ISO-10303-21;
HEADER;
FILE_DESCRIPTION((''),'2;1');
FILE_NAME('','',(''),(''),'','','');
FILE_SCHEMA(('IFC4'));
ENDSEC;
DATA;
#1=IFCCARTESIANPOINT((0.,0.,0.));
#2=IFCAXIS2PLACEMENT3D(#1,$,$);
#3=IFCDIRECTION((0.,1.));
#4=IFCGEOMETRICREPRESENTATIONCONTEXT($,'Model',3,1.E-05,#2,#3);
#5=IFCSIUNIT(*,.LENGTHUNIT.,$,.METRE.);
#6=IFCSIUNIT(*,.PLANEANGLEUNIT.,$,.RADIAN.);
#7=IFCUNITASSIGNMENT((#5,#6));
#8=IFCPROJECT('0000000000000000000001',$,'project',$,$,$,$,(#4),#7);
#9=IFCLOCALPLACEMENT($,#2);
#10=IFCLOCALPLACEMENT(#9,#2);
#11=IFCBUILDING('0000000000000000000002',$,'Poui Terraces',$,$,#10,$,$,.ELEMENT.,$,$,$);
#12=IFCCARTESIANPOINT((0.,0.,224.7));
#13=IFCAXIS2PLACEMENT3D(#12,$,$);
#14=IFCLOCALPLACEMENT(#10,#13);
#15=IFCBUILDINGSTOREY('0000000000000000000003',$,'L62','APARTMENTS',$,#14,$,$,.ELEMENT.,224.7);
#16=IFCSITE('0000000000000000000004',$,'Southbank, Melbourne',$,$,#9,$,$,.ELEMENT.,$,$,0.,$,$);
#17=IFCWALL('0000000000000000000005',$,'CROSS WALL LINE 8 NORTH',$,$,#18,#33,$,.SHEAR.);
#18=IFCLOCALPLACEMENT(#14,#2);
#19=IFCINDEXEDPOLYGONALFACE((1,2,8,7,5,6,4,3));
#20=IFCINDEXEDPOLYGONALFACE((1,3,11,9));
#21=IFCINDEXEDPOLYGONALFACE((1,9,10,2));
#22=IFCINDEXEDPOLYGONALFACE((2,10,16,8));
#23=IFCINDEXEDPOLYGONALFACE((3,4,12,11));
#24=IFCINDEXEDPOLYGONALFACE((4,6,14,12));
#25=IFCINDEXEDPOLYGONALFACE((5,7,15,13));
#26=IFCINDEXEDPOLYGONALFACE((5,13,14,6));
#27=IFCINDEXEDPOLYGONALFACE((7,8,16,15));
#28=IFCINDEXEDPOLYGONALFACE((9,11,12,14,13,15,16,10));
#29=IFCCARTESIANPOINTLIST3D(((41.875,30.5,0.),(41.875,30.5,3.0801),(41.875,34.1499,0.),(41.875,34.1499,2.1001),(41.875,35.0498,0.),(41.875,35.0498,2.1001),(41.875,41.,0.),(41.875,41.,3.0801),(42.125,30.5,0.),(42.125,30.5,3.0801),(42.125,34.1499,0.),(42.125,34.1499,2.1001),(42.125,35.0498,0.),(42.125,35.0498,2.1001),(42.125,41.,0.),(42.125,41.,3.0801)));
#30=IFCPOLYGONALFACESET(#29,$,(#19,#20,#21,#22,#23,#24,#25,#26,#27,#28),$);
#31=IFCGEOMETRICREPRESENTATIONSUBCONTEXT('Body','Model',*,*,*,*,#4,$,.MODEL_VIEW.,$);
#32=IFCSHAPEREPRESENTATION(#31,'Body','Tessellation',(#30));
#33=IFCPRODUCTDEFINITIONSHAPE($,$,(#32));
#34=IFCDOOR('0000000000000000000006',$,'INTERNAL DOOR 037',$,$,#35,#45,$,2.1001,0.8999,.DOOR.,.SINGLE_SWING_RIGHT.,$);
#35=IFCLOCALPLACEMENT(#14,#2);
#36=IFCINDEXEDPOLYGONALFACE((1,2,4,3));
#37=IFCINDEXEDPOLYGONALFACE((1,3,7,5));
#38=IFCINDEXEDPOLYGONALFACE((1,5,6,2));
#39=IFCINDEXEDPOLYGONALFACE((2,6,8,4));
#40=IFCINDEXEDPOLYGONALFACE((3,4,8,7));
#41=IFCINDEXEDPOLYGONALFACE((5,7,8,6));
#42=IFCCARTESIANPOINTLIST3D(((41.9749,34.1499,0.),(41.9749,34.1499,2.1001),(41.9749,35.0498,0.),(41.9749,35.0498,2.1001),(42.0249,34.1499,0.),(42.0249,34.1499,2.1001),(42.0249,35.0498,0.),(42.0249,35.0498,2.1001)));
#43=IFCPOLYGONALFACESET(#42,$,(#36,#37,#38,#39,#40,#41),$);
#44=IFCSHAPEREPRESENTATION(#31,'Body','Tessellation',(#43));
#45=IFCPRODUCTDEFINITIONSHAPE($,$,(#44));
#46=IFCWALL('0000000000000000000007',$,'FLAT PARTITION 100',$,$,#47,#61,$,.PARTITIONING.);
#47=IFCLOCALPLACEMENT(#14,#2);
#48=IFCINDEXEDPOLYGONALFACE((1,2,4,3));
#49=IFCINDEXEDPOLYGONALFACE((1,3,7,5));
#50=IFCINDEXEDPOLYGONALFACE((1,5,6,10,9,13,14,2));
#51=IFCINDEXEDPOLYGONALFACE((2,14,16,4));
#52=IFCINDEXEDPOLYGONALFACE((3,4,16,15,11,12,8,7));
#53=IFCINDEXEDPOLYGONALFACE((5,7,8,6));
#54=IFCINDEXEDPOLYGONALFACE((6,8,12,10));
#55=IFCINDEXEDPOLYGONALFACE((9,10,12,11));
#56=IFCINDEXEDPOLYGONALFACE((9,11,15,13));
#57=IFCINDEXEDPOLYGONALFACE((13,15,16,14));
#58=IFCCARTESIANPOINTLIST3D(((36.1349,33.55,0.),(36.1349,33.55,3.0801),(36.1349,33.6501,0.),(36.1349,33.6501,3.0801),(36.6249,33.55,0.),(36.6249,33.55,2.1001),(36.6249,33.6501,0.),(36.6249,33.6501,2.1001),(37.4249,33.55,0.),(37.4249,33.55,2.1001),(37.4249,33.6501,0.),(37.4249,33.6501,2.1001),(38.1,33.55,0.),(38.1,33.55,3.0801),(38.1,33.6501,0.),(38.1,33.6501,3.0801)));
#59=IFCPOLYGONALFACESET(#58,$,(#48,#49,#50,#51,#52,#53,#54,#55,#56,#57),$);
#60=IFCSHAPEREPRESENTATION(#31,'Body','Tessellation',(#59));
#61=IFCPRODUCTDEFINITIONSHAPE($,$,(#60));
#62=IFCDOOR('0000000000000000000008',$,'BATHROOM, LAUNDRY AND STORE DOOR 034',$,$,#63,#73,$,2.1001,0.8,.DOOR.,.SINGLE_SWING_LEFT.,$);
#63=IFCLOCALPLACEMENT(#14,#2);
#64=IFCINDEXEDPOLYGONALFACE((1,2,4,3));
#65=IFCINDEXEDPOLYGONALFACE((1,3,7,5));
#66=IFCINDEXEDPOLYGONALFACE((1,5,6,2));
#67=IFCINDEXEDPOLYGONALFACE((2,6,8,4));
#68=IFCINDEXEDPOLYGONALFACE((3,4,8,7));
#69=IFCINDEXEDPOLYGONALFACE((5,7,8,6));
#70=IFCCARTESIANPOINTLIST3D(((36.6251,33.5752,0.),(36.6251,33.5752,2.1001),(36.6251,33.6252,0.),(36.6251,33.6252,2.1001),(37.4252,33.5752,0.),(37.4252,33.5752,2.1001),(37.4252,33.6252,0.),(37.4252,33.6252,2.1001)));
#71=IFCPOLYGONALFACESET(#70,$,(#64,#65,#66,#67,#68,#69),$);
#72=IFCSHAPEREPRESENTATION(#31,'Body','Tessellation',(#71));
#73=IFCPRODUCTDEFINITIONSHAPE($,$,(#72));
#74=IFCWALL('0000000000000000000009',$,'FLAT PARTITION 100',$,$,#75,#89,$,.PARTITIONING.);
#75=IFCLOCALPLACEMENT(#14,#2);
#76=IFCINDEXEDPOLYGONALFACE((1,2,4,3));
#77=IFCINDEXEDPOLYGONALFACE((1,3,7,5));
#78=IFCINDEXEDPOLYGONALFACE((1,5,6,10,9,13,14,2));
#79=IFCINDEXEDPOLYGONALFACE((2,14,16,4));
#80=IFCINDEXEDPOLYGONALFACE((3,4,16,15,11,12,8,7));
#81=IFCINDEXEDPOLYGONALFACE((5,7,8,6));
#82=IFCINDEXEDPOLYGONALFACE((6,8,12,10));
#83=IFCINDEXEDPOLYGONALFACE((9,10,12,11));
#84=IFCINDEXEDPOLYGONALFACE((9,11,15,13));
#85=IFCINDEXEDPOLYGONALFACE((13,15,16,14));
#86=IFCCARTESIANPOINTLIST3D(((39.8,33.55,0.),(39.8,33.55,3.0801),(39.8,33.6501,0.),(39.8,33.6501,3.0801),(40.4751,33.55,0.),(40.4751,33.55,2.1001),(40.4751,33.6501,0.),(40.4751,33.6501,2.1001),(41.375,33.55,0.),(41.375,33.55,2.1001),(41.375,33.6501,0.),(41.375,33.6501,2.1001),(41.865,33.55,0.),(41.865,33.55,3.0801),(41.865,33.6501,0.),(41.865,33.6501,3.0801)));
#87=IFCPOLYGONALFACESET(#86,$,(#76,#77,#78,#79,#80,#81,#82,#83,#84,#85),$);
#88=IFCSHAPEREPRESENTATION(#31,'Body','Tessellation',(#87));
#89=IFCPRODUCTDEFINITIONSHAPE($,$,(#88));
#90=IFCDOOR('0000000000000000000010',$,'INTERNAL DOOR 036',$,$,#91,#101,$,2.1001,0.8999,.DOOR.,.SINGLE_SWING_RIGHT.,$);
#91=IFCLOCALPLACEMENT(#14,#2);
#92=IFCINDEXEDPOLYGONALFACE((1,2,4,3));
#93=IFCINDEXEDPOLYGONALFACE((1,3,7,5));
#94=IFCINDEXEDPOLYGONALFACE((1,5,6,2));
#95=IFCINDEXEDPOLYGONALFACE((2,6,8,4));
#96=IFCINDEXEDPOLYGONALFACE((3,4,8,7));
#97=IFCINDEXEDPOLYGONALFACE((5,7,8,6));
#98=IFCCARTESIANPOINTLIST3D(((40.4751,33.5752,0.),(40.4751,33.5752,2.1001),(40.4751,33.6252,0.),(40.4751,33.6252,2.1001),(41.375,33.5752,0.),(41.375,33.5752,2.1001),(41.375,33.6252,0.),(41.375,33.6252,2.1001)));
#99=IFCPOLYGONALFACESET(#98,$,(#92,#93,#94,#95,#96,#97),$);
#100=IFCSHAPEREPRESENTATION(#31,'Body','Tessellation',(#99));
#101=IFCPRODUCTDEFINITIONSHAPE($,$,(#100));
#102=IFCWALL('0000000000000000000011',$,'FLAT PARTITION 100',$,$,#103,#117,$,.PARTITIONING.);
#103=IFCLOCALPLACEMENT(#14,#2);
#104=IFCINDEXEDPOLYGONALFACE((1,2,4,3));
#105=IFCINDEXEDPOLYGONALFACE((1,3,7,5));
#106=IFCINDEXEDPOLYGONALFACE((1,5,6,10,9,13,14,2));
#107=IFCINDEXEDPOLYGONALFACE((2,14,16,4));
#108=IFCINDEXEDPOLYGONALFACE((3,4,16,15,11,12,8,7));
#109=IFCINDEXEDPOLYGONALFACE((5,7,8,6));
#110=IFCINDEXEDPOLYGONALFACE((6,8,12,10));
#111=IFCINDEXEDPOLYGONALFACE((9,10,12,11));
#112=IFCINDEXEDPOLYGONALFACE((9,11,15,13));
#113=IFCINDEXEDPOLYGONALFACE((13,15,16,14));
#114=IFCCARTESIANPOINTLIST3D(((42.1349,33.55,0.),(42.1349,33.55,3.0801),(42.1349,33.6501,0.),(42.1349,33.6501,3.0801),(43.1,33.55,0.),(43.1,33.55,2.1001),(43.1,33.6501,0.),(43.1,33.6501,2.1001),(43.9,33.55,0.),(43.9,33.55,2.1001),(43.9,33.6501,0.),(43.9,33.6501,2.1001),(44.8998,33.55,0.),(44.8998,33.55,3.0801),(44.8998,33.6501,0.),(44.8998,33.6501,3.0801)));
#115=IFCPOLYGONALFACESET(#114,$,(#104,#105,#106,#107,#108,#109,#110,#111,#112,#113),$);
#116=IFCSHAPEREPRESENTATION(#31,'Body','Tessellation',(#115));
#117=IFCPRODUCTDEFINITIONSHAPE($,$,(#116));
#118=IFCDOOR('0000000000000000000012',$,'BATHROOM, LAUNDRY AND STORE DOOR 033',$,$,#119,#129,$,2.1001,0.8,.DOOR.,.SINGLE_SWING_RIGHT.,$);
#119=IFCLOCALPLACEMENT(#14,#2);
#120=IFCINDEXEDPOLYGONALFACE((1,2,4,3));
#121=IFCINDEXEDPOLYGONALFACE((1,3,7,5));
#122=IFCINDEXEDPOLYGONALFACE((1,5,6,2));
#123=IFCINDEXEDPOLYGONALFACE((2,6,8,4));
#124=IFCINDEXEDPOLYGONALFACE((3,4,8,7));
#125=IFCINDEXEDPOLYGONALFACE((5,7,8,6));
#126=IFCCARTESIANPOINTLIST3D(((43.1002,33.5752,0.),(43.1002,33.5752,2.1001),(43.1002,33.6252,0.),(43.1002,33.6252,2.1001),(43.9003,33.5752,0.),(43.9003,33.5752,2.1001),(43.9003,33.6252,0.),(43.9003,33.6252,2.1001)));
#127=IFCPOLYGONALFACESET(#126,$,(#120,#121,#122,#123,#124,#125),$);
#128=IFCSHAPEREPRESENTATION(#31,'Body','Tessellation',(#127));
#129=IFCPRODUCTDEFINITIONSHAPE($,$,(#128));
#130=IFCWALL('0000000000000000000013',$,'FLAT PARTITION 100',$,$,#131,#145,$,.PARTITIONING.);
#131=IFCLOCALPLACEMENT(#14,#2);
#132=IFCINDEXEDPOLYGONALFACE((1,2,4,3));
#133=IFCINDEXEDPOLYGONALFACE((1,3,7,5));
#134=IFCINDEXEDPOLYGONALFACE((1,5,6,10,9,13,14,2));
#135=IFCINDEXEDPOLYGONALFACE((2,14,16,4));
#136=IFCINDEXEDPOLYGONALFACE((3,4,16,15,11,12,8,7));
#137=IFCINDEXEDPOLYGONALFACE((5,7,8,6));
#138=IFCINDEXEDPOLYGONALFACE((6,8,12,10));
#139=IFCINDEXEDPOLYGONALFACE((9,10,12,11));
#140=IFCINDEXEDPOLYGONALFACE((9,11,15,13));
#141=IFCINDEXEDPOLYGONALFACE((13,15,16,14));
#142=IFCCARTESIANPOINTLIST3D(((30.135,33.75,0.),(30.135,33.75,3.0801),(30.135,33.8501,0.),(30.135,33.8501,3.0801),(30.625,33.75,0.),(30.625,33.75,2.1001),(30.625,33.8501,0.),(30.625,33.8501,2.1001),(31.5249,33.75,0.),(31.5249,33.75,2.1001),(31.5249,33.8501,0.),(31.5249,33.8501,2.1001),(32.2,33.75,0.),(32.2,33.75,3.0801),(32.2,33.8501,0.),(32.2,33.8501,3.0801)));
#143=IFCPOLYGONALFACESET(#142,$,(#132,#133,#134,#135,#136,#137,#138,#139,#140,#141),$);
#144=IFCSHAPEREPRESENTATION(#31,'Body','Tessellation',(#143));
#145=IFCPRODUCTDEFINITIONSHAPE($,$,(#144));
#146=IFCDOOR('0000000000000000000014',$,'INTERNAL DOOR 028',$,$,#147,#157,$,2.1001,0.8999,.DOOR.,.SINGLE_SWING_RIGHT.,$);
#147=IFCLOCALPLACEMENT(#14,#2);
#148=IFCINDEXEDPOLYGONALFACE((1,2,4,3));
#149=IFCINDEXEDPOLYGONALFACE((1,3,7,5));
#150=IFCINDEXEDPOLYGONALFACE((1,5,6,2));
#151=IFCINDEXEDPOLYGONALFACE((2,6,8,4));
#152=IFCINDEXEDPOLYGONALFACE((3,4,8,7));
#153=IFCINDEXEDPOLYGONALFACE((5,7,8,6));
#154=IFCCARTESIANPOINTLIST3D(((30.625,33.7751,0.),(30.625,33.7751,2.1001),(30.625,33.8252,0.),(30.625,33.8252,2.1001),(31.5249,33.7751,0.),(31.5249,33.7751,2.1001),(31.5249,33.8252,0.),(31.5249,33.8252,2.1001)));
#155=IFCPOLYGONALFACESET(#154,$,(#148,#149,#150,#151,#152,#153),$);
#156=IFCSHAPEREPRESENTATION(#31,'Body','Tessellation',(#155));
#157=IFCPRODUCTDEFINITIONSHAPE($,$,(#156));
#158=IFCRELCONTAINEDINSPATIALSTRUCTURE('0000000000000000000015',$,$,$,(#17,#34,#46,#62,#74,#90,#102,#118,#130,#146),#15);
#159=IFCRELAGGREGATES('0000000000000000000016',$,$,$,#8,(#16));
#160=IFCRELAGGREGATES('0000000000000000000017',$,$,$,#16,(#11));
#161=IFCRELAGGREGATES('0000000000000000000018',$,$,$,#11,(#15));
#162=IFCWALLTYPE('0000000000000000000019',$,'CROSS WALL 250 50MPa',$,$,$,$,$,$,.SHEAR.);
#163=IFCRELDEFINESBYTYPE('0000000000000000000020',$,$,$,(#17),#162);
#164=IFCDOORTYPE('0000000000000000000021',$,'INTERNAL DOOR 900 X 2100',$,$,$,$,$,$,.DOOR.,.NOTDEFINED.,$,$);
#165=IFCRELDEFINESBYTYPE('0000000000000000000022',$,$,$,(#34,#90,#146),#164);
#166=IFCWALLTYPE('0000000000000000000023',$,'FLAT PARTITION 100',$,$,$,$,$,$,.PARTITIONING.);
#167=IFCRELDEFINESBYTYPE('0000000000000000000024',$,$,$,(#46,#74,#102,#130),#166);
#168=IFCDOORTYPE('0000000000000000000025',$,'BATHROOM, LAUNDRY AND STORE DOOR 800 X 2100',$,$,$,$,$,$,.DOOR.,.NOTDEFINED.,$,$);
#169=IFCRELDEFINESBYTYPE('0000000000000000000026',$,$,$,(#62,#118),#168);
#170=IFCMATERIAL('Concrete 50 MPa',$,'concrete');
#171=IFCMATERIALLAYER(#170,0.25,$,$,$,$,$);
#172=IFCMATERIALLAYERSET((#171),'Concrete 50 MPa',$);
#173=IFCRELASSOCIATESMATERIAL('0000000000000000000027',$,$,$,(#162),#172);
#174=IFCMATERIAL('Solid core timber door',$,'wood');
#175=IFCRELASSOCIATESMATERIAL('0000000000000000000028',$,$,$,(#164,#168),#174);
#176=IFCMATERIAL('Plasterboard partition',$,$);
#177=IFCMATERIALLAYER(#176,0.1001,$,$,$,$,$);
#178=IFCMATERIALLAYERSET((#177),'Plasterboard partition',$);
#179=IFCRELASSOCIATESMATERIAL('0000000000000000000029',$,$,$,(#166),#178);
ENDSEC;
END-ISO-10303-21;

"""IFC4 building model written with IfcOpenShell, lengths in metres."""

from ifc_helpers import new_model, si_unit, direction, frame, frame_2d, origin, place, context, subcontext, project, spatial, rectangle, extrude, material, layer, layer_set, type_object, element, fill, save


model = new_model("IFC4")

# Units and contexts
model_context = context("Model", 3, precision=1e-05, world=origin(), true_north=direction((0.0, 1.0)))
body_context = subcontext(model_context, "Body", "Model", "MODEL_VIEW")
ifc_project = project(units=[si_unit("LENGTHUNIT", "METRE"), si_unit("PLANEANGLEUNIT", "RADIAN")], contexts=[model_context])

# Site, building, storey
site_placement = place(None, origin())
site = spatial("IfcSite", under=ifc_project, at=site_placement, Name="Southbank, Melbourne", CompositionType="ELEMENT", RefElevation=0.0)
building_placement = place(site_placement, origin())
building = spatial("IfcBuilding", under=site, at=building_placement, Name="Poui Terraces", CompositionType="ELEMENT")
storey_placement = place(building_placement, frame((0.0, 0.0, 224.7)))
storey = spatial("IfcBuildingStorey", under=building, at=storey_placement, Name="L62", Description="APARTMENTS", CompositionType="ELEMENT", Elevation=224.7)

# Walls, openings, doors
ifc_material_1 = material(Name="Concrete 50 MPa", Category="concrete")
ifc_layer_1 = layer(ifc_material_1, 0.25)
ifc_layer_set_1 = layer_set([ifc_layer_1], Name="Concrete 50 MPa")
wall_type_1 = type_object("IfcWallType", Name="CROSS WALL 250 50MPa", PredefinedType="SHEAR", material=ifc_layer_set_1)
wall_1_placement = place(storey_placement, frame((42.0, 30.5, 0.0), z_axis=(0.0, 0.0, 1.0), x_axis=(0.0, 1.0, 0.0)))
wall_1 = element("IfcWall", 1, at=wall_1_placement, inside=storey, type_object=wall_type_1, Name="CROSS WALL LINE 8 NORTH", PredefinedType="SHEAR", context=body_context, shape_type="SweptSolid", body=[
    extrude(rectangle(XDim=10.5, YDim=0.25, at=frame_2d((5.25, 0.0))), origin(), (0.0, 0.0, 1.0), 3.0801),
])
opening_1_placement = place(wall_1_placement, frame((3.6499, 0.0, 0.0)))
opening_1 = element("IfcOpeningElement", 2, at=opening_1_placement, cuts=wall_1, PredefinedType="OPENING", context=body_context, shape_type="SweptSolid", body=[
    extrude(rectangle(XDim=0.8999, YDim=2.1001, at=frame_2d((0.45, 1.05))), frame((0.0, 0.135, 0.0), z_axis=(0.0, -1.0, 0.0), x_axis=(1.0, 0.0, 0.0)), (0.0, 0.0, 1.0), 0.27),
])
ifc_material_2 = material(Name="Solid core timber door", Category="wood")
door_type_1 = type_object("IfcDoorType", Name="INTERNAL DOOR 900 X 2100", OperationType="NOTDEFINED", PredefinedType="DOOR", material=ifc_material_2)
door_1_placement = place(opening_1_placement, frame((0.8999, 0.0, 0.0), z_axis=(0.0, 0.0, 1.0), x_axis=(-1.0, 0.0, 0.0)))
door_1 = element("IfcDoor", 3, at=door_1_placement, inside=storey, type_object=door_type_1, Name="INTERNAL DOOR 037", OperationType="SINGLE_SWING_RIGHT", OverallHeight=2.1001, OverallWidth=0.8999, PredefinedType="DOOR", context=body_context, shape_type="SweptSolid", body=[
    extrude(rectangle(XDim=0.8999, YDim=2.1001, at=frame_2d((0.45, 1.05))), frame((0.0, 0.0249, 0.0), z_axis=(0.0, -1.0, 0.0), x_axis=(1.0, 0.0, 0.0)), (0.0, 0.0, 1.0), 0.05),
])
fill(opening_1, door_1)
ifc_material_3 = material(Name="Plasterboard partition")
ifc_layer_2 = layer(ifc_material_3, 0.1001)
ifc_layer_set_2 = layer_set([ifc_layer_2], Name="Plasterboard partition")
wall_type_2 = type_object("IfcWallType", Name="FLAT PARTITION 100", PredefinedType="PARTITIONING", material=ifc_layer_set_2)
wall_2_placement = place(storey_placement, frame((36.135, 33.6001, 0.0), z_axis=(0.0, 0.0, 1.0), x_axis=(1.0, 0.0, 0.0)))
wall_2 = element("IfcWall", 4, at=wall_2_placement, inside=storey, type_object=wall_type_2, Name="FLAT PARTITION 100", PredefinedType="PARTITIONING", context=body_context, shape_type="SweptSolid", body=[
    extrude(rectangle(XDim=1.9651, YDim=0.1001, at=frame_2d((0.9824, 0.0))), origin(), (0.0, 0.0, 1.0), 3.0801),
])
opening_2_placement = place(wall_2_placement, frame((0.49, 0.0, 0.0)))
opening_2 = element("IfcOpeningElement", 5, at=opening_2_placement, cuts=wall_2, PredefinedType="OPENING", context=body_context, shape_type="SweptSolid", body=[
    extrude(rectangle(XDim=0.8, YDim=2.1001, at=frame_2d((0.3999, 1.05))), frame((0.0, 0.0601, 0.0), z_axis=(0.0, -1.0, 0.0), x_axis=(1.0, 0.0, 0.0)), (0.0, 0.0, 1.0), 0.1201),
])
door_type_2 = type_object("IfcDoorType", Name="BATHROOM, LAUNDRY AND STORE DOOR 800 X 2100", OperationType="NOTDEFINED", PredefinedType="DOOR", material=ifc_material_2)
door_2_placement = place(opening_2_placement, frame((0.8, 0.0, 0.0), z_axis=(0.0, 0.0, 1.0), x_axis=(-1.0, 0.0, 0.0)))
door_2 = element("IfcDoor", 6, at=door_2_placement, inside=storey, type_object=door_type_2, Name="BATHROOM, LAUNDRY AND STORE DOOR 034", OperationType="SINGLE_SWING_LEFT", OverallHeight=2.1001, OverallWidth=0.8, PredefinedType="DOOR", context=body_context, shape_type="SweptSolid", body=[
    extrude(rectangle(XDim=0.8, YDim=2.1001, at=frame_2d((0.3999, 1.05))), frame((0.0, 0.0249, 0.0), z_axis=(0.0, -1.0, 0.0), x_axis=(1.0, 0.0, 0.0)), (0.0, 0.0, 1.0), 0.05),
])
fill(opening_2, door_2)
wall_3_placement = place(storey_placement, frame((39.8, 33.6001, 0.0), z_axis=(0.0, 0.0, 1.0), x_axis=(1.0, 0.0, 0.0)))
wall_3 = element("IfcWall", 7, at=wall_3_placement, inside=storey, type_object=wall_type_2, Name="FLAT PARTITION 100", PredefinedType="PARTITIONING", context=body_context, shape_type="SweptSolid", body=[
    extrude(rectangle(XDim=2.0649, YDim=0.1001, at=frame_2d((1.0325, 0.0))), origin(), (0.0, 0.0, 1.0), 3.0801),
])
opening_3_placement = place(wall_3_placement, frame((0.675, 0.0, 0.0)))
opening_3 = element("IfcOpeningElement", 8, at=opening_3_placement, cuts=wall_3, PredefinedType="OPENING", context=body_context, shape_type="SweptSolid", body=[
    extrude(rectangle(XDim=0.8999, YDim=2.1001, at=frame_2d((0.45, 1.05))), frame((0.0, 0.0601, 0.0), z_axis=(0.0, -1.0, 0.0), x_axis=(1.0, 0.0, 0.0)), (0.0, 0.0, 1.0), 0.1201),
])
door_3_placement = place(opening_3_placement, frame((0.8999, 0.0, 0.0), z_axis=(0.0, 0.0, 1.0), x_axis=(-1.0, 0.0, 0.0)))
door_3 = element("IfcDoor", 9, at=door_3_placement, inside=storey, type_object=door_type_1, Name="INTERNAL DOOR 036", OperationType="SINGLE_SWING_RIGHT", OverallHeight=2.1001, OverallWidth=0.8999, PredefinedType="DOOR", context=body_context, shape_type="SweptSolid", body=[
    extrude(rectangle(XDim=0.8999, YDim=2.1001, at=frame_2d((0.45, 1.05))), frame((0.0, 0.0249, 0.0), z_axis=(0.0, -1.0, 0.0), x_axis=(1.0, 0.0, 0.0)), (0.0, 0.0, 1.0), 0.05),
])
fill(opening_3, door_3)
wall_4_placement = place(storey_placement, frame((42.135, 33.6001, 0.0), z_axis=(0.0, 0.0, 1.0), x_axis=(1.0, 0.0, 0.0)))
wall_4 = element("IfcWall", 10, at=wall_4_placement, inside=storey, type_object=wall_type_2, Name="FLAT PARTITION 100", PredefinedType="PARTITIONING", context=body_context, shape_type="SweptSolid", body=[
    extrude(rectangle(XDim=2.7649, YDim=0.1001, at=frame_2d((1.3823, 0.0))), origin(), (0.0, 0.0, 1.0), 3.0801),
])
opening_4_placement = place(wall_4_placement, frame((0.9651, 0.0, 0.0)))
opening_4 = element("IfcOpeningElement", 11, at=opening_4_placement, cuts=wall_4, PredefinedType="OPENING", context=body_context, shape_type="SweptSolid", body=[
    extrude(rectangle(XDim=0.8, YDim=2.1001, at=frame_2d((0.3999, 1.05))), frame((0.0, 0.0601, 0.0), z_axis=(0.0, -1.0, 0.0), x_axis=(1.0, 0.0, 0.0)), (0.0, 0.0, 1.0), 0.1201),
])
door_4_placement = place(opening_4_placement, frame((0.8, 0.0, 0.0), z_axis=(0.0, 0.0, 1.0), x_axis=(-1.0, 0.0, 0.0)))
door_4 = element("IfcDoor", 12, at=door_4_placement, inside=storey, type_object=door_type_2, Name="BATHROOM, LAUNDRY AND STORE DOOR 033", OperationType="SINGLE_SWING_RIGHT", OverallHeight=2.1001, OverallWidth=0.8, PredefinedType="DOOR", context=body_context, shape_type="SweptSolid", body=[
    extrude(rectangle(XDim=0.8, YDim=2.1001, at=frame_2d((0.3999, 1.05))), frame((0.0, 0.0249, 0.0), z_axis=(0.0, -1.0, 0.0), x_axis=(1.0, 0.0, 0.0)), (0.0, 0.0, 1.0), 0.05),
])
fill(opening_4, door_4)
wall_5_placement = place(storey_placement, frame((30.135, 33.8, 0.0), z_axis=(0.0, 0.0, 1.0), x_axis=(1.0, 0.0, 0.0)))
wall_5 = element("IfcWall", 13, at=wall_5_placement, inside=storey, type_object=wall_type_2, Name="FLAT PARTITION 100", PredefinedType="PARTITIONING", context=body_context, shape_type="SweptSolid", body=[
    extrude(rectangle(XDim=2.0649, YDim=0.1001, at=frame_2d((1.0325, 0.0))), origin(), (0.0, 0.0, 1.0), 3.0801),
])
opening_5_placement = place(wall_5_placement, frame((0.49, 0.0, 0.0)))
opening_5 = element("IfcOpeningElement", 14, at=opening_5_placement, cuts=wall_5, PredefinedType="OPENING", context=body_context, shape_type="SweptSolid", body=[
    extrude(rectangle(XDim=0.8999, YDim=2.1001, at=frame_2d((0.45, 1.05))), frame((0.0, 0.0601, 0.0), z_axis=(0.0, -1.0, 0.0), x_axis=(1.0, 0.0, 0.0)), (0.0, 0.0, 1.0), 0.1201),
])
door_5_placement = place(opening_5_placement, frame((0.8999, 0.0, 0.0), z_axis=(0.0, 0.0, 1.0), x_axis=(-1.0, 0.0, 0.0)))
door_5 = element("IfcDoor", 15, at=door_5_placement, inside=storey, type_object=door_type_1, Name="INTERNAL DOOR 028", OperationType="SINGLE_SWING_RIGHT", OverallHeight=2.1001, OverallWidth=0.8999, PredefinedType="DOOR", context=body_context, shape_type="SweptSolid", body=[
    extrude(rectangle(XDim=0.8999, YDim=2.1001, at=frame_2d((0.45, 1.05))), frame((0.0, 0.0249, 0.0), z_axis=(0.0, -1.0, 0.0), x_axis=(1.0, 0.0, 0.0)), (0.0, 0.0, 1.0), 0.05),
])
fill(opening_5, door_5)

save(model, "model.ifc")
